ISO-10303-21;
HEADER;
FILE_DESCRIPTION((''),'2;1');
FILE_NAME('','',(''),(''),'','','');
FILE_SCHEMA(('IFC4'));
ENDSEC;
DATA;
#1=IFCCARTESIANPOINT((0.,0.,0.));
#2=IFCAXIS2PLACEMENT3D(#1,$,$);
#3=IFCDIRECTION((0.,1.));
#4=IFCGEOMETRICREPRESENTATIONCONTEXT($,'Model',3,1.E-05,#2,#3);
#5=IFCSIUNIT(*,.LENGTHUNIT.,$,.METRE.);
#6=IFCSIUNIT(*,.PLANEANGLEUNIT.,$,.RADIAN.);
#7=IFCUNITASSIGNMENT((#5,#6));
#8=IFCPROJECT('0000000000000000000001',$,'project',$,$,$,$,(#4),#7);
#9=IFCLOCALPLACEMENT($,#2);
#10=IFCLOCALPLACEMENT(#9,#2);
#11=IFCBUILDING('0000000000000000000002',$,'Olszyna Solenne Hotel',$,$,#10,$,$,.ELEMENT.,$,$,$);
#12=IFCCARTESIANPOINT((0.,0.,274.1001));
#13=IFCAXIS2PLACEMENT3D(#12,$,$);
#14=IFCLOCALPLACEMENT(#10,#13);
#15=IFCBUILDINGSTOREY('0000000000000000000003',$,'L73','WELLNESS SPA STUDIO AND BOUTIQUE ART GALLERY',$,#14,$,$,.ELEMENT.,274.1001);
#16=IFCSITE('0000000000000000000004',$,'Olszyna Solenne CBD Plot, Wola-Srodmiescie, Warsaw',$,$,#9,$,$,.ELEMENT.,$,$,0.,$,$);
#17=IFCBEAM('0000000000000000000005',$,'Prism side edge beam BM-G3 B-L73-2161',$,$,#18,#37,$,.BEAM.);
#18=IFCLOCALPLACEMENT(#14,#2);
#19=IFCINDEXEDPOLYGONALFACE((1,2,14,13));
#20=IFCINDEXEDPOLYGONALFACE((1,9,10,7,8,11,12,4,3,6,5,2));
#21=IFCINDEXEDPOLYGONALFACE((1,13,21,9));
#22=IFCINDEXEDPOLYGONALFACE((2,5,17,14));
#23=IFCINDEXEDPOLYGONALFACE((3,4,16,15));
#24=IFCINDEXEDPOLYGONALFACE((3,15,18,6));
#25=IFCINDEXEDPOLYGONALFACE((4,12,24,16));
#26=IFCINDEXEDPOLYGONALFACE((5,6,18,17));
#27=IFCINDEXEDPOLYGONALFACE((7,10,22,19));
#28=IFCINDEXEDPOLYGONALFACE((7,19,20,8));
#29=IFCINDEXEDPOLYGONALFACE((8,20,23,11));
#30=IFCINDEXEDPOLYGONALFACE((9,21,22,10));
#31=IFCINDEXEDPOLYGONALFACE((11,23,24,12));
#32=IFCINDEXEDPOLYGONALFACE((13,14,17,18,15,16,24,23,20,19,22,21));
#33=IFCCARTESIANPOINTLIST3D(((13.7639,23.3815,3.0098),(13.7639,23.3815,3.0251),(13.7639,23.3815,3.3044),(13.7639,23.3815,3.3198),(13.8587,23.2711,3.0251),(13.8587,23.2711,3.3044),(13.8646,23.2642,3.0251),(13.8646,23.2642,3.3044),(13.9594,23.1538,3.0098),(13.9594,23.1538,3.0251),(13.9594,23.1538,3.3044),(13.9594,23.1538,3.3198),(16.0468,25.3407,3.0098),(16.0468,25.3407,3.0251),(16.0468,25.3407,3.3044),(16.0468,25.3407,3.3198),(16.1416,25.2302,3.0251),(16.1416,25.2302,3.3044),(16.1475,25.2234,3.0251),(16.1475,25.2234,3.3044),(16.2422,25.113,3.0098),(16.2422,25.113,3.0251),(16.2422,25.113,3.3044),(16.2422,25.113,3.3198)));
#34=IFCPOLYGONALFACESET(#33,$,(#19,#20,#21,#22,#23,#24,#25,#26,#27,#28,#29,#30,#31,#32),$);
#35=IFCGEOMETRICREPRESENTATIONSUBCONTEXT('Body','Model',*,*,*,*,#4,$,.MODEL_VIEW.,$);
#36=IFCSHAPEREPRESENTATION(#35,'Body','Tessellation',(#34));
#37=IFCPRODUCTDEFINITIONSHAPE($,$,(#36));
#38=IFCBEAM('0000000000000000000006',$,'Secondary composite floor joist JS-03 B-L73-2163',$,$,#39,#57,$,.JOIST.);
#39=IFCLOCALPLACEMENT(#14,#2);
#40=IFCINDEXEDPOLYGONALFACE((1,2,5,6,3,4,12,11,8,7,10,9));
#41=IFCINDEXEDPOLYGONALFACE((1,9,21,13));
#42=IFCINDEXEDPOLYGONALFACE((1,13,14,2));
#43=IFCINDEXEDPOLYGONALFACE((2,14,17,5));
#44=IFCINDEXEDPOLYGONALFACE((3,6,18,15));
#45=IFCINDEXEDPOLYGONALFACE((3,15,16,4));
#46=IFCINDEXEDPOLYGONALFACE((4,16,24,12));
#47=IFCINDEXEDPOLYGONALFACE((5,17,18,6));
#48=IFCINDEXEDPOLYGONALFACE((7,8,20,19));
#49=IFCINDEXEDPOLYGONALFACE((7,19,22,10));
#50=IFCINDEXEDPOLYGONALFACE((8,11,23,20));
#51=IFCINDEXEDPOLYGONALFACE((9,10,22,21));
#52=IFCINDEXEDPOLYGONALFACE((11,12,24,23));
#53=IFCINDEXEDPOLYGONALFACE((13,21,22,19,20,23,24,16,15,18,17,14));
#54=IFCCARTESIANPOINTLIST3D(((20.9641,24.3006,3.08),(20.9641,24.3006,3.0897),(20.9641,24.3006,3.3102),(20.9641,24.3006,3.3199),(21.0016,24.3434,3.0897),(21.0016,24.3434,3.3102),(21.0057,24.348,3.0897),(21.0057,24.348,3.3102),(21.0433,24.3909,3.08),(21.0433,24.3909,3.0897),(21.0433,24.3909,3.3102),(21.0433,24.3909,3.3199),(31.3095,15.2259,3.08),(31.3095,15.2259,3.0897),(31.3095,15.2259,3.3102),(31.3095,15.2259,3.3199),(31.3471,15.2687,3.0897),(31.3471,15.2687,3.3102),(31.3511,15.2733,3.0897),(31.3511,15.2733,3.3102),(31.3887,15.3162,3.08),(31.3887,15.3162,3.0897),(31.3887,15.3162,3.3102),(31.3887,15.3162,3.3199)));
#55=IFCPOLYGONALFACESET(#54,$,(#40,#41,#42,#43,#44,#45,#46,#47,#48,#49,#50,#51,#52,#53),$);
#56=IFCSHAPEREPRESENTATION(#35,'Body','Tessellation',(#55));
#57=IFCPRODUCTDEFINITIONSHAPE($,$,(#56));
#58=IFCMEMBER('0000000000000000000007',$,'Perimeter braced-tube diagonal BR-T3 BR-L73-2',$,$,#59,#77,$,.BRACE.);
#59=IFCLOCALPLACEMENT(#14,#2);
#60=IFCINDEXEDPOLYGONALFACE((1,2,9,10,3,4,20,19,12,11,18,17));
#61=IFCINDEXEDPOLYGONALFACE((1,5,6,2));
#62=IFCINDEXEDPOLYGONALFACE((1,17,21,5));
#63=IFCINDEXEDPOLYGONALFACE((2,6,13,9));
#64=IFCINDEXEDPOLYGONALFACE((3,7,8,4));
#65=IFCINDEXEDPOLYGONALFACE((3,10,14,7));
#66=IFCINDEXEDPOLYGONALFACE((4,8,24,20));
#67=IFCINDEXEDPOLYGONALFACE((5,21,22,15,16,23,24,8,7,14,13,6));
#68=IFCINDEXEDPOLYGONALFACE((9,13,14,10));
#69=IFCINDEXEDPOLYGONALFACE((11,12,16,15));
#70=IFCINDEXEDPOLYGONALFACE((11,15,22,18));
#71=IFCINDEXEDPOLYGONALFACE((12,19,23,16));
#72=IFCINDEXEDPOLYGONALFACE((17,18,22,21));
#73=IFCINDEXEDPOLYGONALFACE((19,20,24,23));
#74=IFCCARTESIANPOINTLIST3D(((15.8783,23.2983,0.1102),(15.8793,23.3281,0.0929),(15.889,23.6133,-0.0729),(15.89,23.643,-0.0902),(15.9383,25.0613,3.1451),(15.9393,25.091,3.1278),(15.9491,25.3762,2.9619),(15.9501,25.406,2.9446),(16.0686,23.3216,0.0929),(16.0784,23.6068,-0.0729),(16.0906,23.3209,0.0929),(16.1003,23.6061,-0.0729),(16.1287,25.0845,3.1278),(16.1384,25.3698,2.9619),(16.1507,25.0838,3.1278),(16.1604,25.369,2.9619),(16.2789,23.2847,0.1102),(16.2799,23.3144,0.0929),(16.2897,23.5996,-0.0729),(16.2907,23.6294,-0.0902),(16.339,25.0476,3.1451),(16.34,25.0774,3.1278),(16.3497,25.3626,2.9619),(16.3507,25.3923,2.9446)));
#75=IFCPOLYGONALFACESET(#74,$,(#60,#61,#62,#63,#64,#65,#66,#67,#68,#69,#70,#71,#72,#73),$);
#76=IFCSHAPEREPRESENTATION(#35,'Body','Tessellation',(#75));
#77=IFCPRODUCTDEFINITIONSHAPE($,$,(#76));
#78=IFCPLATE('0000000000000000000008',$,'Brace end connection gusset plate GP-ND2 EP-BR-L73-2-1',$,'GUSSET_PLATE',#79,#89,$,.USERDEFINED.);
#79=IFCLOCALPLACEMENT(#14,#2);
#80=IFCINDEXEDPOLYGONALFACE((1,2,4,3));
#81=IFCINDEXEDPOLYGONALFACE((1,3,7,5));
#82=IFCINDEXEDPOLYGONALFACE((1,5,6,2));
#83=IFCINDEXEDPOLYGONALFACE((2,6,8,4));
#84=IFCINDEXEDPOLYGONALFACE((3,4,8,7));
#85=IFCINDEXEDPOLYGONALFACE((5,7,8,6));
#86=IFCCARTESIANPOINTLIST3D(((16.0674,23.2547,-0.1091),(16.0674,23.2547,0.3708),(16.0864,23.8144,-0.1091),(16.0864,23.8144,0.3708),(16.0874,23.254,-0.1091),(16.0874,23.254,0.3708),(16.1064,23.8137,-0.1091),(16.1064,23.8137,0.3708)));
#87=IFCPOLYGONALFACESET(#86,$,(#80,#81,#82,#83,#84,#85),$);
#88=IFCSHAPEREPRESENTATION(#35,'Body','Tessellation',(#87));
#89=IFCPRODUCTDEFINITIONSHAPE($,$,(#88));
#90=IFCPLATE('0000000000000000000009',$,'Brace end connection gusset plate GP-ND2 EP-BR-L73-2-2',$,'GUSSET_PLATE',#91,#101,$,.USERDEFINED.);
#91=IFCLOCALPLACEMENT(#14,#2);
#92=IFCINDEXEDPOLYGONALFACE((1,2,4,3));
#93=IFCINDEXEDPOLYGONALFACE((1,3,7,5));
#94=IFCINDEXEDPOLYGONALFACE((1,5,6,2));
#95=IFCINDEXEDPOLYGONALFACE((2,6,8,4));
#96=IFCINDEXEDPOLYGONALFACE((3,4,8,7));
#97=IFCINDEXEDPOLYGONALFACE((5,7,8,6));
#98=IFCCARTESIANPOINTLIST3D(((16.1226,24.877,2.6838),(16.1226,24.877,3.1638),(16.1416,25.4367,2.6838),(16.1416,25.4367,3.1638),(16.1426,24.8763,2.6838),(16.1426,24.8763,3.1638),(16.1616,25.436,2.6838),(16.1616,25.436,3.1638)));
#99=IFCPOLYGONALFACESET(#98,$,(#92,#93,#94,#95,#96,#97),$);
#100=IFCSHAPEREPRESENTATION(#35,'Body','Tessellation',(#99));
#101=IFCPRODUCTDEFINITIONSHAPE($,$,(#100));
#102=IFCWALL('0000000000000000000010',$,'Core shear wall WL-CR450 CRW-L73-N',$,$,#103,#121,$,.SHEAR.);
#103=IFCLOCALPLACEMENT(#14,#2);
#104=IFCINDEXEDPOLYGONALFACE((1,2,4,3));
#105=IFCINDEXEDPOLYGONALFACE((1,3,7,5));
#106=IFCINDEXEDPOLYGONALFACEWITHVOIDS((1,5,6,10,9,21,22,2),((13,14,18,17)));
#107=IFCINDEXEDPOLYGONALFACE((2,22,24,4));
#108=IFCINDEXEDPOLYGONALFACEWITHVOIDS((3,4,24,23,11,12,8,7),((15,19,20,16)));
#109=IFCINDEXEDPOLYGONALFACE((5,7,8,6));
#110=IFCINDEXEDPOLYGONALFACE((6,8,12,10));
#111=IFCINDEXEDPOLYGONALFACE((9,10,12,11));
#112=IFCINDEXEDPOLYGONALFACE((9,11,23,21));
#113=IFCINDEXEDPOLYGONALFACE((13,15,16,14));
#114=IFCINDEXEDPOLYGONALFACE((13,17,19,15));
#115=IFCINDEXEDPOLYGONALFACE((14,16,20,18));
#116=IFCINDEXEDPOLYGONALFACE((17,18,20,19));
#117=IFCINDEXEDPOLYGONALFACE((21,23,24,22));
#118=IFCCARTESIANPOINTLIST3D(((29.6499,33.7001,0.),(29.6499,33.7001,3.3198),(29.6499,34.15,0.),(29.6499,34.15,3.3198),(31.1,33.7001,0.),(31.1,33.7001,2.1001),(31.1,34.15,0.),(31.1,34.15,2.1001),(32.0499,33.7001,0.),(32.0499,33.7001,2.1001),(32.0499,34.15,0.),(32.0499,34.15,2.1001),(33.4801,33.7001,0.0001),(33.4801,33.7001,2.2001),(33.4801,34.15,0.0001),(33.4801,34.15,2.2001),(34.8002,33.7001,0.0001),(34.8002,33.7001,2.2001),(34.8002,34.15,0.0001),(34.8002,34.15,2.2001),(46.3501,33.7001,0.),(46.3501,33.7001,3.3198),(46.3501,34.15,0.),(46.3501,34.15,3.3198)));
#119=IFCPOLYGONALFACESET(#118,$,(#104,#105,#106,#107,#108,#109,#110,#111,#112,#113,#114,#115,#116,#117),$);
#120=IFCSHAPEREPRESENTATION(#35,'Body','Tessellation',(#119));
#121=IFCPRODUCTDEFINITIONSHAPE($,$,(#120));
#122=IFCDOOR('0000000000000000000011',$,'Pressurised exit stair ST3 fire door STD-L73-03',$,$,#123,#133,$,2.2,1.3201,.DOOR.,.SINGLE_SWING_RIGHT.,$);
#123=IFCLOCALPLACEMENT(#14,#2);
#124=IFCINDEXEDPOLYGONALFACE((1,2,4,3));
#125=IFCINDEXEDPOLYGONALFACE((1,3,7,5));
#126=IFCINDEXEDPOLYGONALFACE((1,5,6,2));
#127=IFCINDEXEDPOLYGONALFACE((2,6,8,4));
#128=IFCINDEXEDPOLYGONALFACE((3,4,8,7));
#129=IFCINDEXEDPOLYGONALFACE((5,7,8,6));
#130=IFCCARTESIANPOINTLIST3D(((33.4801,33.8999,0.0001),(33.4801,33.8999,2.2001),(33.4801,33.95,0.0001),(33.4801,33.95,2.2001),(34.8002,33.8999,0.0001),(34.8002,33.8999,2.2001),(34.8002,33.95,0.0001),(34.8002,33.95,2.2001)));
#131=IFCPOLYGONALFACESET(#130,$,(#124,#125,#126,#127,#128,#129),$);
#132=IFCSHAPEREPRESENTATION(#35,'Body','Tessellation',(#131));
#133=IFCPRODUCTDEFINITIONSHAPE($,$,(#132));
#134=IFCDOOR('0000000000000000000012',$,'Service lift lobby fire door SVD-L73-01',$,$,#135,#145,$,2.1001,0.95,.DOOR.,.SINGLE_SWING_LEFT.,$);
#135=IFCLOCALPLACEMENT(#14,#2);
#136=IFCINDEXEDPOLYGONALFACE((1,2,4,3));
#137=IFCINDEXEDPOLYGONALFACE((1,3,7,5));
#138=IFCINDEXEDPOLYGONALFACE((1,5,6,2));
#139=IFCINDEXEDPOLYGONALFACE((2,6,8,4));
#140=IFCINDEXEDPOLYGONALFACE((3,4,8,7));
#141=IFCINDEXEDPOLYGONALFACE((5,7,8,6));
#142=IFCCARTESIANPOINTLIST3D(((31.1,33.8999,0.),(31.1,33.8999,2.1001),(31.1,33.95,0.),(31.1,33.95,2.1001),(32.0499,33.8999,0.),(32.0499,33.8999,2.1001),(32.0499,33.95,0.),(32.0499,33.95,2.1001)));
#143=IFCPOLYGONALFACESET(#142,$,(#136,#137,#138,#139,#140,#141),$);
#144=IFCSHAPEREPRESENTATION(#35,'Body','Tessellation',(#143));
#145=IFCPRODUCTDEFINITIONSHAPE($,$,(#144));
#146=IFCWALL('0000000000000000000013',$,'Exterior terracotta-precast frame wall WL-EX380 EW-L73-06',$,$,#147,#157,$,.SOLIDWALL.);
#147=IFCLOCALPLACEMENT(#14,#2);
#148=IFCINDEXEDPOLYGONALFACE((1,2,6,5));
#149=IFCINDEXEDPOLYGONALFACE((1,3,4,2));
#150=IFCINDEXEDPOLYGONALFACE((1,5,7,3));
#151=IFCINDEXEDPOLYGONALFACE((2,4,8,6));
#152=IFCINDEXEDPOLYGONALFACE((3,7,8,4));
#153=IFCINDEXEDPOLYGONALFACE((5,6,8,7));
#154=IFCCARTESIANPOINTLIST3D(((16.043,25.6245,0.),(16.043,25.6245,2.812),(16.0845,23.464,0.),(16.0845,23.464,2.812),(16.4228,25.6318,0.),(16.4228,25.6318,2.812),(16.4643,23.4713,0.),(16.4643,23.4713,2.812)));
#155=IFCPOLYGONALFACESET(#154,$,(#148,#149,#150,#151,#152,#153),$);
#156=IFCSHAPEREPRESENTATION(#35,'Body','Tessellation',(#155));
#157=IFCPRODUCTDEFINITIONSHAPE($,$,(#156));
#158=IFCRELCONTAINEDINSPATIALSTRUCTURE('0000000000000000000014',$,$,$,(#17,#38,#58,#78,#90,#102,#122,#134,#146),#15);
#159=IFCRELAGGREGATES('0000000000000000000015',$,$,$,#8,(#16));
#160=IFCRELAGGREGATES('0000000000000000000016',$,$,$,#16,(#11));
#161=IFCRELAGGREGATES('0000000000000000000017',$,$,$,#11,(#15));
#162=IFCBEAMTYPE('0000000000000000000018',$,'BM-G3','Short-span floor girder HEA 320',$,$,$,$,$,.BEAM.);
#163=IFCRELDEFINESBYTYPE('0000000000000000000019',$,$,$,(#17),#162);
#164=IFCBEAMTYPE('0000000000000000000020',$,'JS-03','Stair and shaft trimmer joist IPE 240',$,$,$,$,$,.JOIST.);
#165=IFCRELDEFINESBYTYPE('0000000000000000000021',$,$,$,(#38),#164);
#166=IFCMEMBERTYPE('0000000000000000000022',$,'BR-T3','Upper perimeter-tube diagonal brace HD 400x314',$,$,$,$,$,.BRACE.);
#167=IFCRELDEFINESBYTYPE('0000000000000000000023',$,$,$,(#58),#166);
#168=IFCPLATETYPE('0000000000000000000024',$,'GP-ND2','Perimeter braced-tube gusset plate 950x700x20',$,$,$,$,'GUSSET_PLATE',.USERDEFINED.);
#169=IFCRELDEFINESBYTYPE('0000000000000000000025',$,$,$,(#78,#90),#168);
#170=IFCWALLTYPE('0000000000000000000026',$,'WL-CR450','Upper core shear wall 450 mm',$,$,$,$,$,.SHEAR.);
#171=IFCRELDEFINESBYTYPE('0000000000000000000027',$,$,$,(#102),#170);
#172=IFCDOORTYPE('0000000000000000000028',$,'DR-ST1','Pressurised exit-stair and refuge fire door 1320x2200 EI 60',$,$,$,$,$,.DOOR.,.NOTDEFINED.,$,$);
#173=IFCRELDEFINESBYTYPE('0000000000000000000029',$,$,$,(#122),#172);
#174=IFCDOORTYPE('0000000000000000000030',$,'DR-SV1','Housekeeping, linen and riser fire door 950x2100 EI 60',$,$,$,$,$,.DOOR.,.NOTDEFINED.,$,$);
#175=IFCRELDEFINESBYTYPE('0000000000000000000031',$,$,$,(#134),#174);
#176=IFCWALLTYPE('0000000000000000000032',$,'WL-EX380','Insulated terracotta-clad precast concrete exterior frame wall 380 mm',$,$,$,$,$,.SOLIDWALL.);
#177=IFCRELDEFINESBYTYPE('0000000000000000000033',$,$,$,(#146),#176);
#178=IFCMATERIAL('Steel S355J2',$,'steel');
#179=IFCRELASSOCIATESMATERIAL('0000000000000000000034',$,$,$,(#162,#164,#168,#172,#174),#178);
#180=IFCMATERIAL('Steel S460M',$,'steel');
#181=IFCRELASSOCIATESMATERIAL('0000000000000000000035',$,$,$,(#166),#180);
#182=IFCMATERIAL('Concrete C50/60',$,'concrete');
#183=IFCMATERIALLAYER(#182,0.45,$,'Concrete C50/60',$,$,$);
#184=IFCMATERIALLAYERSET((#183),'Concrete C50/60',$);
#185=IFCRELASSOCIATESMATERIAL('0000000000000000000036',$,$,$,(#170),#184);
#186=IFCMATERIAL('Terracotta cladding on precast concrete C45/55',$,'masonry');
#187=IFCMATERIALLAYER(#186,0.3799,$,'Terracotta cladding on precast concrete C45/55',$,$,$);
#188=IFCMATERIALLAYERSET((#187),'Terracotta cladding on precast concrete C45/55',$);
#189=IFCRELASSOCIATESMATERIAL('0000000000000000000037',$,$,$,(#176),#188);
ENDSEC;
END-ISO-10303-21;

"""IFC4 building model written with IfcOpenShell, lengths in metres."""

from ifc_helpers import new_model, si_unit, direction, frame, frame_2d, origin, origin_2d, place, context, subcontext, project, spatial, rectangle, i_section, extrude, source, transform, mapped, material, layer, layer_set, material_profile, profile_set, type_object, type_shapes, element, fill, save


model = new_model("IFC4")

# Units and contexts
model_context = context("Model", 3, precision=1e-05, world=origin(), true_north=direction((0.0, 1.0)))
body_context = subcontext(model_context, "Body", "Model", "MODEL_VIEW")
ifc_project = project(units=[si_unit("LENGTHUNIT", "METRE"), si_unit("PLANEANGLEUNIT", "RADIAN")], contexts=[model_context])

# Site, building, storey
site_placement = place(None, origin())
site = spatial("IfcSite", under=ifc_project, at=site_placement, Name="Olszyna Solenne CBD Plot, Wola-Srodmiescie, Warsaw", CompositionType="ELEMENT", RefElevation=0.0)
building_placement = place(site_placement, origin())
building = spatial("IfcBuilding", under=site, at=building_placement, Name="Olszyna Solenne Hotel", CompositionType="ELEMENT")
storey_placement = place(building_placement, frame((0.0, 0.0, 274.1001)))
storey = spatial("IfcBuildingStorey", under=building, at=storey_placement, Name="L73", Description="WELLNESS SPA STUDIO AND BOUTIQUE ART GALLERY", CompositionType="ELEMENT", Elevation=274.1001)

# Shared definitions
ifc_material_1 = material(Name="Steel S460M", Category="steel")

# Beams
ifc_material_2 = material(Name="Steel S355J2", Category="steel")
ifc_material_profile_1 = material_profile(ifc_material_2, i_section(OverallWidth=0.3, OverallDepth=0.3101, WebThickness=0.009, FlangeThickness=0.0154, at=origin_2d()), Name="HEA 320", Category="load-bearing")
ifc_profile_set_1 = profile_set([ifc_material_profile_1], Name="Steel S355J2")
beam_type_1 = type_object("IfcBeamType", Name="BM-G3", Description="Short-span floor girder HEA 320", PredefinedType="BEAM", material=ifc_profile_set_1)
shared_shape_1 = source(origin(), body_context, "Body", "SweptSolid", [
    extrude(i_section(OverallWidth=0.3, OverallDepth=0.3101, WebThickness=0.009, FlangeThickness=0.0154, at=origin_2d()), origin(), (0.0, 0.0, 1.0), 3.0083),
])
beam_1_placement = place(storey_placement, frame((16.1445, 25.2268, 3.1648), z_axis=(-0.758861, -0.651252, 0.0), x_axis=(0.651252, -0.758861, 0.0)))
element("IfcBeam", 1, at=beam_1_placement, inside=storey, type_object=beam_type_1, Name="Prism side edge beam BM-G3 B-L73-2161", PredefinedType="BEAM", context=body_context, shape_type="MappedRepresentation", body=[
    mapped(shared_shape_1, transform((0.0, 0.0, 0.0), x_axis=(1.0, 0.0, 0.0), y_axis=(0.0, 1.0, 0.0), z_axis=(0.0, 0.0, 1.0), scale=1.0)),
])
ifc_material_profile_2 = material_profile(ifc_material_2, i_section(OverallWidth=0.1201, OverallDepth=0.24, WebThickness=0.0061, FlangeThickness=0.0098, at=origin_2d()), Name="IPE 240", Category="load-bearing")
ifc_profile_set_2 = profile_set([ifc_material_profile_2], Name="Steel S355J2")
beam_type_2 = type_object("IfcBeamType", Name="JS-03", Description="Stair and shaft trimmer joist IPE 240", PredefinedType="JOIST", material=ifc_profile_set_2)
shared_shape_2 = source(origin(), body_context, "Body", "SweptSolid", [
    extrude(i_section(OverallWidth=0.1201, OverallDepth=0.24, WebThickness=0.0061, FlangeThickness=0.0098, at=origin_2d()), origin(), (0.0, 0.0, 1.0), 13.7615),
])
beam_2_placement = place(storey_placement, frame((21.0037, 24.3457, 3.2), z_axis=(0.751768, -0.659427, 0.0), x_axis=(0.659427, 0.751768, 0.0)))
element("IfcBeam", 2, at=beam_2_placement, inside=storey, type_object=beam_type_2, Name="Secondary composite floor joist JS-03 B-L73-2163", PredefinedType="JOIST", context=body_context, shape_type="MappedRepresentation", body=[
    mapped(shared_shape_2, transform((0.0, 0.0, 0.0), x_axis=(1.0, 0.0, 0.0), y_axis=(0.0, 1.0, 0.0), z_axis=(0.0, 0.0, 1.0), scale=1.0)),
])

# Member
ifc_material_profile_3 = material_profile(ifc_material_1, i_section(OverallWidth=0.4009, OverallDepth=0.3989, WebThickness=0.022, FlangeThickness=0.0344, at=origin_2d()), Name="HD 400x314", Category="load-bearing")
ifc_profile_set_3 = profile_set([ifc_material_profile_3], Name="Steel S460M")
member_type = type_object("IfcMemberType", Name="BR-T3", Description="Upper perimeter-tube diagonal brace HD 400x314", PredefinedType="BRACE", material=ifc_profile_set_3)
shared_shape_3 = source(origin(), body_context, "Body", "SweptSolid", [
    extrude(i_section(OverallWidth=0.4009, OverallDepth=0.3989, WebThickness=0.022, FlangeThickness=0.0344, at=origin_2d()), origin(), (0.0, 0.0, 1.0), 3.5103),
])
member_placement = place(storey_placement, frame((16.0845, 23.4639, 0.01), z_axis=(0.017109, 0.502218, 0.864572), x_axis=(-0.99942, 0.034048, 0.0)))
element("IfcMember", 3, at=member_placement, inside=storey, type_object=member_type, Name="Perimeter braced-tube diagonal BR-T3 BR-L73-2", PredefinedType="BRACE", context=body_context, shape_type="MappedRepresentation", body=[
    mapped(shared_shape_3, transform((0.0, 0.0, 0.0), x_axis=(1.0, 0.0, 0.0), y_axis=(0.0, 1.0, 0.0), z_axis=(0.0, 0.0, 1.0), scale=1.0)),
])

# Plates
plate_type = type_object("IfcPlateType", Name="GP-ND2", Description="Perimeter braced-tube gusset plate 950x700x20", ElementType="GUSSET_PLATE", PredefinedType="USERDEFINED", material=ifc_material_2)
shared_shape_4 = source(origin(), body_context, "Body", "SweptSolid", [
    extrude(rectangle(XDim=0.5601, YDim=0.02, at=origin_2d()), origin(), (0.0, 0.0, 1.0), 0.48),
])
for number, where, z_axis, x_axis, name in (
    (4, (16.0869, 23.5342, -0.1091), (0.0, 0.0, 1.0), (0.034027, 0.999421, 0.0), "Brace end connection gusset plate GP-ND2 EP-BR-L73-2-1"),
    (5, (16.1421, 25.1565, 2.6838), (0.0, 0.0, 1.0), (0.034027, 0.999421, 0.0), "Brace end connection gusset plate GP-ND2 EP-BR-L73-2-2"),
):
    element("IfcPlate", number, at=place(storey_placement, frame(where, z_axis=z_axis, x_axis=x_axis)), inside=storey, type_object=plate_type, Name=name, ObjectType="GUSSET_PLATE", PredefinedType="USERDEFINED", context=body_context, shape_type="MappedRepresentation", body=[
        mapped(shared_shape_4, transform((0.0, 0.0, 0.0), x_axis=(1.0, 0.0, 0.0), y_axis=(0.0, 1.0, 0.0), z_axis=(0.0, 0.0, 1.0), scale=1.0)),
    ])

# Wall, openings, doors
ifc_material_3 = material(Name="Concrete C50/60", Category="concrete")
ifc_layer_1 = layer(ifc_material_3, 0.45, Name="Concrete C50/60")
ifc_layer_set_1 = layer_set([ifc_layer_1], Name="Concrete C50/60")
wall_type_1 = type_object("IfcWallType", Name="WL-CR450", Description="Upper core shear wall 450 mm", PredefinedType="SHEAR", material=ifc_layer_set_1)
wall_1_placement = place(storey_placement, frame((29.6499, 33.925, 0.0), z_axis=(0.0, 0.0, 1.0), x_axis=(1.0, 0.0, 0.0)))
wall_1 = element("IfcWall", 6, at=wall_1_placement, inside=storey, type_object=wall_type_1, Name="Core shear wall WL-CR450 CRW-L73-N", PredefinedType="SHEAR", context=body_context, shape_type="SweptSolid", body=[
    extrude(rectangle(XDim=16.7002, YDim=0.45, at=frame_2d((8.3501, 0.0))), origin(), (0.0, 0.0, 1.0), 3.3198),
])
opening_1_placement = place(wall_1_placement, frame((1.45, 0.0, 0.0)))
opening_1 = element("IfcOpeningElement", 7, at=opening_1_placement, cuts=wall_1, PredefinedType="OPENING", context=body_context, shape_type="SweptSolid", body=[
    extrude(rectangle(XDim=0.95, YDim=2.1001, at=frame_2d((0.4751, 1.05))), frame((0.0, 0.2349, 0.0), z_axis=(0.0, -1.0, 0.0), x_axis=(1.0, 0.0, 0.0)), (0.0, 0.0, 1.0), 0.47),
])
opening_2_placement = place(wall_1_placement, frame((3.8301, 0.0, 0.0)))
opening_2 = element("IfcOpeningElement", 8, at=opening_2_placement, cuts=wall_1, PredefinedType="OPENING", context=body_context, shape_type="SweptSolid", body=[
    extrude(rectangle(XDim=1.3201, YDim=2.2, at=frame_2d((0.6602, 1.1001))), frame((0.0, 0.2349, 0.0), z_axis=(0.0, -1.0, 0.0), x_axis=(1.0, 0.0, 0.0)), (0.0, 0.0, 1.0), 0.47),
])
door_type_1 = type_object("IfcDoorType", Name="DR-ST1", Description="Pressurised exit-stair and refuge fire door 1320x2200 EI 60", OperationType="NOTDEFINED", PredefinedType="DOOR", material=ifc_material_2)
shared_shape_5 = source(origin(), body_context, "Body", "SweptSolid", [
    extrude(rectangle(XDim=1.3201, YDim=2.2, at=frame_2d((0.6602, 1.1001))), frame((0.0, 0.0249, 0.0), z_axis=(0.0, -1.0, 0.0), x_axis=(1.0, 0.0, 0.0)), (0.0, 0.0, 1.0), 0.05),
])
type_shapes(door_type_1, [shared_shape_5])
door_1_placement = place(opening_2_placement, origin())
door_1 = element("IfcDoor", 9, at=door_1_placement, inside=storey, type_object=door_type_1, Name="Pressurised exit stair ST3 fire door STD-L73-03", OperationType="SINGLE_SWING_RIGHT", OverallHeight=2.2, OverallWidth=1.3201, PredefinedType="DOOR", context=body_context, shape_type="MappedRepresentation", body=[
    mapped(shared_shape_5, transform((0.0, 0.0, 0.0), x_axis=(1.0, 0.0, 0.0), y_axis=(0.0, 1.0, 0.0), z_axis=(0.0, 0.0, 1.0), scale=1.0)),
])
fill(opening_2, door_1)
door_type_2 = type_object("IfcDoorType", Name="DR-SV1", Description="Housekeeping, linen and riser fire door 950x2100 EI 60", OperationType="NOTDEFINED", PredefinedType="DOOR", material=ifc_material_2)
shared_shape_6 = source(origin(), body_context, "Body", "SweptSolid", [
    extrude(rectangle(XDim=0.95, YDim=2.1001, at=frame_2d((0.4751, 1.05))), frame((0.0, 0.0249, 0.0), z_axis=(0.0, -1.0, 0.0), x_axis=(1.0, 0.0, 0.0)), (0.0, 0.0, 1.0), 0.05),
])
type_shapes(door_type_2, [shared_shape_6])
door_2_placement = place(opening_1_placement, origin())
door_2 = element("IfcDoor", 10, at=door_2_placement, inside=storey, type_object=door_type_2, Name="Service lift lobby fire door SVD-L73-01", OperationType="SINGLE_SWING_LEFT", OverallHeight=2.1001, OverallWidth=0.95, PredefinedType="DOOR", context=body_context, shape_type="MappedRepresentation", body=[
    mapped(shared_shape_6, transform((0.0, 0.0, 0.0), x_axis=(1.0, 0.0, 0.0), y_axis=(0.0, 1.0, 0.0), z_axis=(0.0, 0.0, 1.0), scale=1.0)),
])
fill(opening_1, door_2)

# Wall
ifc_material_4 = material(Name="Terracotta cladding on precast concrete C45/55", Category="masonry")
ifc_layer_2 = layer(ifc_material_4, 0.3799, Name="Terracotta cladding on precast concrete C45/55")
ifc_layer_set_2 = layer_set([ifc_layer_2], Name="Terracotta cladding on precast concrete C45/55")
wall_type_2 = type_object("IfcWallType", Name="WL-EX380", Description="Insulated terracotta-clad precast concrete exterior frame wall 380 mm", PredefinedType="SOLIDWALL", material=ifc_layer_set_2)
wall_2_placement = place(storey_placement, frame((16.2744, 23.4675, 0.0), z_axis=(0.0, 0.0, 1.0), x_axis=(-0.019208, 0.999816, 0.0)))
element("IfcWall", 11, at=wall_2_placement, inside=storey, type_object=wall_type_2, Name="Exterior terracotta-precast frame wall WL-EX380 EW-L73-06", PredefinedType="SOLIDWALL", context=body_context, shape_type="SweptSolid", body=[
    extrude(rectangle(XDim=2.1609, YDim=0.3799, at=frame_2d((1.0806, 0.0))), origin(), (0.0, 0.0, 1.0), 2.812),
])

save(model, "model.ifc")
